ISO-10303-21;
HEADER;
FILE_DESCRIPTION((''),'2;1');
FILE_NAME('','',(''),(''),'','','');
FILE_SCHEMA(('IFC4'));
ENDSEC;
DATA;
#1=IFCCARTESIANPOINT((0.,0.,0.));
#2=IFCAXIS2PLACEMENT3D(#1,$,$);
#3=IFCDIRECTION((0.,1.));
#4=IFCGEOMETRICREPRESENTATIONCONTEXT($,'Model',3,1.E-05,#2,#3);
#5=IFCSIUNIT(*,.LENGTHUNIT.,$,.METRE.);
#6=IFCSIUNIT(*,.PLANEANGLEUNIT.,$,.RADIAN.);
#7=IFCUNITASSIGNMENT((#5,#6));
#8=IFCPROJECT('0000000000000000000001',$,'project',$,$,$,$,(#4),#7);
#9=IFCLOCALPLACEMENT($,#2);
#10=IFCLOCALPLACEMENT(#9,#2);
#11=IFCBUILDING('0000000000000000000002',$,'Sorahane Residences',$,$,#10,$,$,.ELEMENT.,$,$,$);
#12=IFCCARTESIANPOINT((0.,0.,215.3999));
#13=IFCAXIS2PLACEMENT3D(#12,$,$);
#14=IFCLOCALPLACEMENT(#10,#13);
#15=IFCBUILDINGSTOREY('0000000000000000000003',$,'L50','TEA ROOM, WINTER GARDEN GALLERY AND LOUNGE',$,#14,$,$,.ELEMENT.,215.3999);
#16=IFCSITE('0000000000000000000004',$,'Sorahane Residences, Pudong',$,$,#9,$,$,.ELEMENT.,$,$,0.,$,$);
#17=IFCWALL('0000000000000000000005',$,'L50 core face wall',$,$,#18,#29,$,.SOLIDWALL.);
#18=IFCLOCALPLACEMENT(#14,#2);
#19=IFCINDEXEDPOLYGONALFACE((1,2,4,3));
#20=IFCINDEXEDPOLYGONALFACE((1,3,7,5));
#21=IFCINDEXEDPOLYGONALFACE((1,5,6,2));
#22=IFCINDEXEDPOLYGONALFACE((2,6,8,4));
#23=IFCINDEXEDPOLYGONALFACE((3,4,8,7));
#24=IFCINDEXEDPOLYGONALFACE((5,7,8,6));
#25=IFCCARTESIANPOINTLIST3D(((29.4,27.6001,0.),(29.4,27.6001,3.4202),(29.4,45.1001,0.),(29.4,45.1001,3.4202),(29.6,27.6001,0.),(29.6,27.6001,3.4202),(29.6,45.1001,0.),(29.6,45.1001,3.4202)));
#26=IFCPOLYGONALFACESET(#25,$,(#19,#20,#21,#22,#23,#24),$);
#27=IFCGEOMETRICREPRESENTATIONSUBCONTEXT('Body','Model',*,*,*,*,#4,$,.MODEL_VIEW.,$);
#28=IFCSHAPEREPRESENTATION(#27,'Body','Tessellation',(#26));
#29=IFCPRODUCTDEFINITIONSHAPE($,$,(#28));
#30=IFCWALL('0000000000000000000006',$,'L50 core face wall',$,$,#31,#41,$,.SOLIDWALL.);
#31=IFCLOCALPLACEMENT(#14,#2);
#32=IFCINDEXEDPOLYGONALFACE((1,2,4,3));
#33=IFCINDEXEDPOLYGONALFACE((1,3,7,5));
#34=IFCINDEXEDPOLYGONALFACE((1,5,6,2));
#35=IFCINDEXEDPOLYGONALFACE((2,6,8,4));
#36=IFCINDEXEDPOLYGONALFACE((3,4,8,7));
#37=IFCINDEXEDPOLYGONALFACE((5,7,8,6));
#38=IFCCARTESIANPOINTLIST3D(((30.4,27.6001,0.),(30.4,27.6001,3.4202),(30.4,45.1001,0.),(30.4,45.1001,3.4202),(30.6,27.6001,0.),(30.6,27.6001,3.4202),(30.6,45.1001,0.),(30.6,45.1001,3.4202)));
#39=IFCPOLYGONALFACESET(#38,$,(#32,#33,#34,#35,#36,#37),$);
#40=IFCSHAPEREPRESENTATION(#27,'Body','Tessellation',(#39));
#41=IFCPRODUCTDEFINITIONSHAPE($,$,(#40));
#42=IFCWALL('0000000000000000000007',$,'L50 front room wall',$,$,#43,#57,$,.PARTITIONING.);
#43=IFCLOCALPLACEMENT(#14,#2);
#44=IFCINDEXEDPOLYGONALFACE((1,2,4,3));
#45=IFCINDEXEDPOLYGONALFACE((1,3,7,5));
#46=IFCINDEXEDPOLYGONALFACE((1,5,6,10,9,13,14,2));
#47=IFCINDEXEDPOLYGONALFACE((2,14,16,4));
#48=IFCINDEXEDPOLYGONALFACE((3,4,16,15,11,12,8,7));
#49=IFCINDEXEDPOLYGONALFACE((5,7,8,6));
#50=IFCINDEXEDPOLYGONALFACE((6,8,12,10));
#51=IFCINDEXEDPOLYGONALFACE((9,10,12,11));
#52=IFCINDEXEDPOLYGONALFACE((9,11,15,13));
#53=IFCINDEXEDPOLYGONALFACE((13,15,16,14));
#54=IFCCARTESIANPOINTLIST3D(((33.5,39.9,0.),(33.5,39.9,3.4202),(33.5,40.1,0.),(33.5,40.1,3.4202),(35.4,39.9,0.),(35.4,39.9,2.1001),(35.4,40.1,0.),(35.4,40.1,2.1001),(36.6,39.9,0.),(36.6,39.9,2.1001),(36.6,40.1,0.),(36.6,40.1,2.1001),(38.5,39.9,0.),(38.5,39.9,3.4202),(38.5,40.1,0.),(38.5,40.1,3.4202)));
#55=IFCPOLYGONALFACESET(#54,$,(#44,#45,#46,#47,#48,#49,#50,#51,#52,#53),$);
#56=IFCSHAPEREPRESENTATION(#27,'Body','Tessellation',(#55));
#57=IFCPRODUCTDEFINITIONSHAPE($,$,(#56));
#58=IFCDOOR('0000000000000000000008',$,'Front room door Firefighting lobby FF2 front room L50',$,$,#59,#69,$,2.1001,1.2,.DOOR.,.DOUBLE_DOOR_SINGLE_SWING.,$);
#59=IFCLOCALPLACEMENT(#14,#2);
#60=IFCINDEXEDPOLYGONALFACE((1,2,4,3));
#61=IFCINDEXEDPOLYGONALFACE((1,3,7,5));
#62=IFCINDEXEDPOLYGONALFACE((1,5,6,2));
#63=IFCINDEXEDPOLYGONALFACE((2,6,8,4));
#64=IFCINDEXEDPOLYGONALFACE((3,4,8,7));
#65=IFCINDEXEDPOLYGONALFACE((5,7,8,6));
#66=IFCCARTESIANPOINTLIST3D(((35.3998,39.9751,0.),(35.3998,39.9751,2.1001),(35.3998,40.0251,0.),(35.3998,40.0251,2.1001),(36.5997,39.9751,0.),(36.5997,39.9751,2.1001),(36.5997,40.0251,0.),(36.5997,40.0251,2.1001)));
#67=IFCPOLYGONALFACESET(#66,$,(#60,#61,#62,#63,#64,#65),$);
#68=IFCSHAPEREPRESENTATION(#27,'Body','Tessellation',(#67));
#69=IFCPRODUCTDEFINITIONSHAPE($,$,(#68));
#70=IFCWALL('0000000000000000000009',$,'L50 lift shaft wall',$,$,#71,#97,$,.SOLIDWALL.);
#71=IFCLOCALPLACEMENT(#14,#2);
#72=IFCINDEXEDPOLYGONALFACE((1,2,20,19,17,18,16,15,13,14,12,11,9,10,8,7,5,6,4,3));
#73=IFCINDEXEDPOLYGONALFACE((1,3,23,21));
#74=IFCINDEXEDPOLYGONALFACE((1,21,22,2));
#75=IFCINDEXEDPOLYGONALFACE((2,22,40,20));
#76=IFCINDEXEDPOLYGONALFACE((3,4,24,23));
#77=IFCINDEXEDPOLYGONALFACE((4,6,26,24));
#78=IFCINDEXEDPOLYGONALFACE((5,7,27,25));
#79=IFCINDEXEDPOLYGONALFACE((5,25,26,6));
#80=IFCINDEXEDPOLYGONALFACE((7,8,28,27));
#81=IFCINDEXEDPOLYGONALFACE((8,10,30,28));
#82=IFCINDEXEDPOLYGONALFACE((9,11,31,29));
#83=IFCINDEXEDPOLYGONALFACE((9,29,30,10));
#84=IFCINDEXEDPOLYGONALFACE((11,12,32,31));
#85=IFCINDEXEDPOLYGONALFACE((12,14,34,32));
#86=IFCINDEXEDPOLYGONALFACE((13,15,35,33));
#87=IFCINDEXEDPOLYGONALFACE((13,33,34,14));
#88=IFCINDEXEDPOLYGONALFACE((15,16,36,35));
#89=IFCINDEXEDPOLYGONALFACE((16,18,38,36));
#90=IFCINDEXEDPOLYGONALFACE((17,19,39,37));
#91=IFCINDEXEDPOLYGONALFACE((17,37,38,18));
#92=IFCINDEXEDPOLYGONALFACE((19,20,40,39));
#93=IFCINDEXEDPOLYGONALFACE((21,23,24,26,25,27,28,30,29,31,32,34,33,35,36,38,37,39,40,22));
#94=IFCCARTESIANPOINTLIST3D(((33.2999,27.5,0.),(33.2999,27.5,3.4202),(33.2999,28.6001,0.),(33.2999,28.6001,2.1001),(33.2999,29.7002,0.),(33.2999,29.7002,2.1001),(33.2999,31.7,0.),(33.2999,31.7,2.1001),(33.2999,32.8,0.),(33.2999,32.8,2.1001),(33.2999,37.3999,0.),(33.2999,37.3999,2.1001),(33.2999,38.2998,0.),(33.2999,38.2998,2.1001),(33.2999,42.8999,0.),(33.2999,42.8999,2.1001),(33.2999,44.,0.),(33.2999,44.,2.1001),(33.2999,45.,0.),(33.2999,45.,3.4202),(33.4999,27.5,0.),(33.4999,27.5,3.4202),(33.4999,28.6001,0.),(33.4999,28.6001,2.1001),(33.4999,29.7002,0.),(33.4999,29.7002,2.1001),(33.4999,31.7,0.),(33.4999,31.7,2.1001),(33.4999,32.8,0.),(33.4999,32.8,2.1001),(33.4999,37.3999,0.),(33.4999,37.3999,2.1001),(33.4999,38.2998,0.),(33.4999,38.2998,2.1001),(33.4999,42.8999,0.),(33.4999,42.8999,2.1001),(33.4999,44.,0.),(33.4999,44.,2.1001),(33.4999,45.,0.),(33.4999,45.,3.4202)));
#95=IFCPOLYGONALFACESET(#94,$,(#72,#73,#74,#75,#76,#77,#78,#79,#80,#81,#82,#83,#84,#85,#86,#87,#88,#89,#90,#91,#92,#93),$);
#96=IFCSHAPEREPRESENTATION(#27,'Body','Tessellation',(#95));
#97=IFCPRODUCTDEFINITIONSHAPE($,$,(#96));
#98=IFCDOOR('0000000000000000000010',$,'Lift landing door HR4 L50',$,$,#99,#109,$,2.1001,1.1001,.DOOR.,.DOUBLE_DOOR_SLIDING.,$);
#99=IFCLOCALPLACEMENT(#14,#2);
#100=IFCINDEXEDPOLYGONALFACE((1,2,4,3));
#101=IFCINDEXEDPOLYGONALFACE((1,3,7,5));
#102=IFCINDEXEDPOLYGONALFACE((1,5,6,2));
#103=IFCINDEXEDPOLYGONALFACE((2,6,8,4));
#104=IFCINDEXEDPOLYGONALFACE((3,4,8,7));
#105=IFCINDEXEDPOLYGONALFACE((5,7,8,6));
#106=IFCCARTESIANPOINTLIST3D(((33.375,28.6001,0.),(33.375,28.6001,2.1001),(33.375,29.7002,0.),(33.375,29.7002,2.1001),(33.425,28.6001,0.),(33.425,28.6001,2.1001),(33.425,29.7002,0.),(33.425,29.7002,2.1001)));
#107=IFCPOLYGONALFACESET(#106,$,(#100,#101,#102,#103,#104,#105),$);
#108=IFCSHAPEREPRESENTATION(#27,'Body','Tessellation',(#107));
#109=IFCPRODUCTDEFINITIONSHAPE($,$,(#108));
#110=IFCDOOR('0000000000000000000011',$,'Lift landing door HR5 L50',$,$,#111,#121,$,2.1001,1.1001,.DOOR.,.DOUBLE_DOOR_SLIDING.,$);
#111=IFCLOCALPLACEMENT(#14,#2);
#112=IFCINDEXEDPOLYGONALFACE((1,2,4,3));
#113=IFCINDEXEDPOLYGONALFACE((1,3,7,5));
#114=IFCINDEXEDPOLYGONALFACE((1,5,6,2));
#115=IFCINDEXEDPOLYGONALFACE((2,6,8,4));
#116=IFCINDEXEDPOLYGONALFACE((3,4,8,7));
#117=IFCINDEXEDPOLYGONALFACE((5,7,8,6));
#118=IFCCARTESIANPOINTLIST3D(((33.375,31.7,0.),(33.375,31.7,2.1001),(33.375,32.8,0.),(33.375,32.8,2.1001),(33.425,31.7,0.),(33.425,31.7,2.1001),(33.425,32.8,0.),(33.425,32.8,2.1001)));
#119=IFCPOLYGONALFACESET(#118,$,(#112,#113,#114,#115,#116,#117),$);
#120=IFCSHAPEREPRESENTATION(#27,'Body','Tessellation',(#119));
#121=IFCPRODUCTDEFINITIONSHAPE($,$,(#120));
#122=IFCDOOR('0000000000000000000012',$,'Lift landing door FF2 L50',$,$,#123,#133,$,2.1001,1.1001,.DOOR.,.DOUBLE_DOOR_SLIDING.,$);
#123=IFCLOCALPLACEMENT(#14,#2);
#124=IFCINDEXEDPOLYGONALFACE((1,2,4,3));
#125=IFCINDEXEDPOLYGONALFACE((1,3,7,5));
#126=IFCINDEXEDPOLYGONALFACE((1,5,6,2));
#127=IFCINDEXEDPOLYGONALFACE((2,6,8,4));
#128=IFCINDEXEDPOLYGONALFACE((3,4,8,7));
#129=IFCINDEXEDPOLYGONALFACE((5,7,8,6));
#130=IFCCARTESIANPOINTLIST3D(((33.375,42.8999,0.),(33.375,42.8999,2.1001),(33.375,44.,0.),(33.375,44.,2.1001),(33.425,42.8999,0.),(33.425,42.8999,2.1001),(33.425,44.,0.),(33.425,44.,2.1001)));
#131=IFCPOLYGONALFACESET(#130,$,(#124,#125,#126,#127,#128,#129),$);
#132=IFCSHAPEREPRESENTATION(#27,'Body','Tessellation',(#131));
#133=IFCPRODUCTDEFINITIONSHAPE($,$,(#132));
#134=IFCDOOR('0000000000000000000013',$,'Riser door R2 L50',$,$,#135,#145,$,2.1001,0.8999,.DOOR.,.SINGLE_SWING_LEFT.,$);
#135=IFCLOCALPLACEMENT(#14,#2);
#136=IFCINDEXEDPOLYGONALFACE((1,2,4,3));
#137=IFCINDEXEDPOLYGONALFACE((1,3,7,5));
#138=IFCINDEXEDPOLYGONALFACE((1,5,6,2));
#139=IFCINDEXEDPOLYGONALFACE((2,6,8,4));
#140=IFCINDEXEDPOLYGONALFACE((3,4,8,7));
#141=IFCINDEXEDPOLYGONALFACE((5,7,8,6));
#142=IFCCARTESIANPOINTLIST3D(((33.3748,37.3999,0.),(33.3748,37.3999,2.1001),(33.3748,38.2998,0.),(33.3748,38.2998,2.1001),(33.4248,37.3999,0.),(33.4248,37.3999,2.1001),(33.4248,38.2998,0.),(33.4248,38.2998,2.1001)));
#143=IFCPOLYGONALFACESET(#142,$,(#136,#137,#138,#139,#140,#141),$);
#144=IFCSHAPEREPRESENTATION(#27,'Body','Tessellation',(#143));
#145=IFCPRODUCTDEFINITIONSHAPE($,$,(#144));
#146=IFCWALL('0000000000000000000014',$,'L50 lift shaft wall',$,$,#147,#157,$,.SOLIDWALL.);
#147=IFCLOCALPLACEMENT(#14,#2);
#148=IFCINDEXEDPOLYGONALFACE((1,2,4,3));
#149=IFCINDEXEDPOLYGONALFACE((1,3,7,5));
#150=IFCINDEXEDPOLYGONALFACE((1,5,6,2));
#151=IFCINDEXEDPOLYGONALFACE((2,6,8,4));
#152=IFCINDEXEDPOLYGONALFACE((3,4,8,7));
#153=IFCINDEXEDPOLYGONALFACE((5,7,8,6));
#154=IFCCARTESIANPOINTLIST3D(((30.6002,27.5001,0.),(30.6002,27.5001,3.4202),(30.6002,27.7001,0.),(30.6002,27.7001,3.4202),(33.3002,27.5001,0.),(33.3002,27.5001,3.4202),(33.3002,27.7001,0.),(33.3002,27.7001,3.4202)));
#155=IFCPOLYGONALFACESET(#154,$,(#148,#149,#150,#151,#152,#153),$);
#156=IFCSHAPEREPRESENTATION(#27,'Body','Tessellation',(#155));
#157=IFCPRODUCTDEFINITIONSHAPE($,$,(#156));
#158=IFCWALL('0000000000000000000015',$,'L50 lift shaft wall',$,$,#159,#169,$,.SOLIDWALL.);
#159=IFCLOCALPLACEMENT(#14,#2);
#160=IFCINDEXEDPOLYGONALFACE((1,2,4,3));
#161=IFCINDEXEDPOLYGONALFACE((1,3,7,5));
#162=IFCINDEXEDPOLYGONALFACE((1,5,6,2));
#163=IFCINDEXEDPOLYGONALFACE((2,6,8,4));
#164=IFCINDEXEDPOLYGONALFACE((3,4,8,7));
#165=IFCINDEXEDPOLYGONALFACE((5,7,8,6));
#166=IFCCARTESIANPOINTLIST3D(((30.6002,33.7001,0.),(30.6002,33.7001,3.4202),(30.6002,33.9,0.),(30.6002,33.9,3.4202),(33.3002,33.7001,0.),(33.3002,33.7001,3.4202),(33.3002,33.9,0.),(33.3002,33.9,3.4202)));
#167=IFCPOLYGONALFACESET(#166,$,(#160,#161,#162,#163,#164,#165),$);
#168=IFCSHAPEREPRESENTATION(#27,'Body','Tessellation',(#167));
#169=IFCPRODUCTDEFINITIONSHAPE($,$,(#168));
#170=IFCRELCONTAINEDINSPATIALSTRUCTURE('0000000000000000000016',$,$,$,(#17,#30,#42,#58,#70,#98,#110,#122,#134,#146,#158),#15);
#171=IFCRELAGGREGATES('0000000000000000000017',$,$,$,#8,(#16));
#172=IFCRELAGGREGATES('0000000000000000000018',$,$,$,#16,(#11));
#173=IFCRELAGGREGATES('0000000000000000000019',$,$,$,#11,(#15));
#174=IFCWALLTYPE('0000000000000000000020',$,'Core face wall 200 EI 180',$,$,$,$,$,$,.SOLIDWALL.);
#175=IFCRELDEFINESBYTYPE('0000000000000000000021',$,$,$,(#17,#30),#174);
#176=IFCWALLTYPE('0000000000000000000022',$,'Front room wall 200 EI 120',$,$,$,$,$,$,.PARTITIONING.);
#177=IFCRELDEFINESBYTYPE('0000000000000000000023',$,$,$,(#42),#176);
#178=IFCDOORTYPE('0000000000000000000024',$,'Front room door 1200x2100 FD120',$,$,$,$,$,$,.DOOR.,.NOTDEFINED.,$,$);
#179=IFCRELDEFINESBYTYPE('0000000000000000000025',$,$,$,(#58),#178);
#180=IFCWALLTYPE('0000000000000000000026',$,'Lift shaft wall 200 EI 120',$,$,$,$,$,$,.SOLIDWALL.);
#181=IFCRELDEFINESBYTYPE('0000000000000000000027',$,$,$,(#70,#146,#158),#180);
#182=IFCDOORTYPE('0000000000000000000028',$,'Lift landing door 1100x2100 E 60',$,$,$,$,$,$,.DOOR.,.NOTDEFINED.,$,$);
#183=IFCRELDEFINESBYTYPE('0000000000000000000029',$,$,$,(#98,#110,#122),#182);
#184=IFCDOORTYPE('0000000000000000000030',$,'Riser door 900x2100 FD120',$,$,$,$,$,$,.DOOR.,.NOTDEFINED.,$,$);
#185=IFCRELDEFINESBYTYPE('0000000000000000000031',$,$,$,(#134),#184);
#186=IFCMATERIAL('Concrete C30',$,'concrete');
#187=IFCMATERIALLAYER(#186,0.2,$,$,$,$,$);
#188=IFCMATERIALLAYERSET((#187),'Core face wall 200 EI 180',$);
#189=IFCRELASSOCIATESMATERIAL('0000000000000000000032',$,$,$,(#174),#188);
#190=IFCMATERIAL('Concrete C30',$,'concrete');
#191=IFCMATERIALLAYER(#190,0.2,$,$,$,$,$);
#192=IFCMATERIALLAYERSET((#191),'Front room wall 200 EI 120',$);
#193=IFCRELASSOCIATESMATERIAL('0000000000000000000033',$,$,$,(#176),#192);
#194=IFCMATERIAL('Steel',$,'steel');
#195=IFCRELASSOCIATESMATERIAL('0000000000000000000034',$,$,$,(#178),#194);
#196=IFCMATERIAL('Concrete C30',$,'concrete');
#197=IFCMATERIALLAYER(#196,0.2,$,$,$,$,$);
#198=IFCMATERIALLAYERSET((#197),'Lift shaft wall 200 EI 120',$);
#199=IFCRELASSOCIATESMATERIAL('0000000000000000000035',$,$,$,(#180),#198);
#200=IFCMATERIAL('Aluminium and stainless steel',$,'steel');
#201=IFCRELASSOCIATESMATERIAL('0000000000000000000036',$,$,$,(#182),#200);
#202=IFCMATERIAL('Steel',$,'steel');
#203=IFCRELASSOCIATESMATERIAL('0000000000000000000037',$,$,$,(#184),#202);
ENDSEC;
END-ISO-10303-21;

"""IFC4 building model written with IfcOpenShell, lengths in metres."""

from ifc_helpers import new_model, si_unit, direction, frame, frame_2d, origin, place, context, subcontext, project, spatial, rectangle, extrude, material, layer, layer_set, type_object, element, fill, save


model = new_model("IFC4")

# Units and contexts
model_context = context("Model", 3, precision=1e-05, world=origin(), true_north=direction((0.0, 1.0)))
body_context = subcontext(model_context, "Body", "Model", "MODEL_VIEW")
ifc_project = project(units=[si_unit("LENGTHUNIT", "METRE"), si_unit("PLANEANGLEUNIT", "RADIAN")], contexts=[model_context])

# Site, building, storey
site_placement = place(None, origin())
site = spatial("IfcSite", under=ifc_project, at=site_placement, Name="Sorahane Residences, Pudong", CompositionType="ELEMENT", RefElevation=0.0)
building_placement = place(site_placement, origin())
building = spatial("IfcBuilding", under=site, at=building_placement, Name="Sorahane Residences", CompositionType="ELEMENT")
storey_placement = place(building_placement, frame((0.0, 0.0, 215.3999)))
storey = spatial("IfcBuildingStorey", under=building, at=storey_placement, Name="L50", Description="TEA ROOM, WINTER GARDEN GALLERY AND LOUNGE", CompositionType="ELEMENT", Elevation=215.3999)

# Walls
ifc_material_1 = material(Name="Concrete C30", Category="concrete")
ifc_layer_1 = layer(ifc_material_1, 0.2)
ifc_layer_set_1 = layer_set([ifc_layer_1], Name="Core face wall 200 EI 180")
wall_type_1 = type_object("IfcWallType", Name="Core face wall 200 EI 180", PredefinedType="SOLIDWALL", material=ifc_layer_set_1)
for number, where, z_axis, x_axis, name in (
    (1, (29.5, 27.6001, 0.0), (0.0, 0.0, 1.0), (0.0, 1.0, 0.0), "L50 core face wall"),
    (2, (30.5, 27.6001, 0.0), (0.0, 0.0, 1.0), (0.0, 1.0, 0.0), "L50 core face wall"),
):
    element("IfcWall", number, at=place(storey_placement, frame(where, z_axis=z_axis, x_axis=x_axis)), inside=storey, type_object=wall_type_1, Name=name, PredefinedType="SOLIDWALL", context=body_context, shape_type="SweptSolid", body=[
        extrude(rectangle(XDim=17.5, YDim=0.2, at=frame_2d((8.75, 0.0))), origin(), (0.0, 0.0, 1.0), 3.4202),
    ])

# Wall, opening, door
ifc_material_2 = material(Name="Concrete C30", Category="concrete")
ifc_layer_2 = layer(ifc_material_2, 0.2)
ifc_layer_set_2 = layer_set([ifc_layer_2], Name="Front room wall 200 EI 120")
wall_type_2 = type_object("IfcWallType", Name="Front room wall 200 EI 120", PredefinedType="PARTITIONING", material=ifc_layer_set_2)
wall_1_placement = place(storey_placement, frame((33.5, 40.0, 0.0), z_axis=(0.0, 0.0, 1.0), x_axis=(1.0, 0.0, 0.0)))
wall_1 = element("IfcWall", 3, at=wall_1_placement, inside=storey, type_object=wall_type_2, Name="L50 front room wall", PredefinedType="PARTITIONING", context=body_context, shape_type="SweptSolid", body=[
    extrude(rectangle(XDim=5.0, YDim=0.2, at=frame_2d((2.5, 0.0))), origin(), (0.0, 0.0, 1.0), 3.4202),
])
opening_1_placement = place(wall_1_placement, frame((1.8999, 0.0, 0.0)))
opening_1 = element("IfcOpeningElement", 4, at=opening_1_placement, cuts=wall_1, PredefinedType="OPENING", context=body_context, shape_type="SweptSolid", body=[
    extrude(rectangle(XDim=1.2, YDim=2.1001, at=frame_2d((0.6001, 1.05))), frame((0.0, 0.1099, 0.0), z_axis=(0.0, -1.0, 0.0), x_axis=(1.0, 0.0, 0.0)), (0.0, 0.0, 1.0), 0.22),
])
ifc_material_3 = material(Name="Steel", Category="steel")
door_type_1 = type_object("IfcDoorType", Name="Front room door 1200x2100 FD120", OperationType="NOTDEFINED", PredefinedType="DOOR", material=ifc_material_3)
door_1_placement = place(opening_1_placement, frame((1.2, 0.0, 0.0), z_axis=(0.0, 0.0, 1.0), x_axis=(-1.0, 0.0, 0.0)))
door_1 = element("IfcDoor", 5, at=door_1_placement, inside=storey, type_object=door_type_1, Name="Front room door Firefighting lobby FF2 front room L50", OperationType="DOUBLE_DOOR_SINGLE_SWING", OverallHeight=2.1001, OverallWidth=1.2, PredefinedType="DOOR", context=body_context, shape_type="SweptSolid", body=[
    extrude(rectangle(XDim=1.2, YDim=2.1001, at=frame_2d((0.6001, 1.05))), frame((0.0, 0.0249, 0.0), z_axis=(0.0, -1.0, 0.0), x_axis=(1.0, 0.0, 0.0)), (0.0, 0.0, 1.0), 0.05),
])
fill(opening_1, door_1)

# Wall, openings, doors
ifc_material_4 = material(Name="Concrete C30", Category="concrete")
ifc_layer_3 = layer(ifc_material_4, 0.2)
ifc_layer_set_3 = layer_set([ifc_layer_3], Name="Lift shaft wall 200 EI 120")
wall_type_3 = type_object("IfcWallType", Name="Lift shaft wall 200 EI 120", PredefinedType="SOLIDWALL", material=ifc_layer_set_3)
wall_2_placement = place(storey_placement, frame((33.3999, 27.5, 0.0), z_axis=(0.0, 0.0, 1.0), x_axis=(0.0, 1.0, 0.0)))
wall_2 = element("IfcWall", 6, at=wall_2_placement, inside=storey, type_object=wall_type_3, Name="L50 lift shaft wall", PredefinedType="SOLIDWALL", context=body_context, shape_type="SweptSolid", body=[
    extrude(rectangle(XDim=17.5, YDim=0.2, at=frame_2d((8.75, 0.0))), origin(), (0.0, 0.0, 1.0), 3.4202),
])
opening_2_placement = place(wall_2_placement, frame((1.1001, 0.0, 0.0)))
opening_2 = element("IfcOpeningElement", 7, at=opening_2_placement, cuts=wall_2, PredefinedType="OPENING", context=body_context, shape_type="SweptSolid", body=[
    extrude(rectangle(XDim=1.1001, YDim=2.1001, at=frame_2d((0.55, 1.05))), frame((0.0, 0.1099, 0.0), z_axis=(0.0, -1.0, 0.0), x_axis=(1.0, 0.0, 0.0)), (0.0, 0.0, 1.0), 0.22),
])
opening_3_placement = place(wall_2_placement, frame((4.2, 0.0, 0.0)))
opening_3 = element("IfcOpeningElement", 8, at=opening_3_placement, cuts=wall_2, PredefinedType="OPENING", context=body_context, shape_type="SweptSolid", body=[
    extrude(rectangle(XDim=1.1001, YDim=2.1001, at=frame_2d((0.55, 1.05))), frame((0.0, 0.1099, 0.0), z_axis=(0.0, -1.0, 0.0), x_axis=(1.0, 0.0, 0.0)), (0.0, 0.0, 1.0), 0.22),
])
opening_4_placement = place(wall_2_placement, frame((15.3999, 0.0, 0.0)))
opening_4 = element("IfcOpeningElement", 9, at=opening_4_placement, cuts=wall_2, PredefinedType="OPENING", context=body_context, shape_type="SweptSolid", body=[
    extrude(rectangle(XDim=1.1001, YDim=2.1001, at=frame_2d((0.55, 1.05))), frame((0.0, 0.1099, 0.0), z_axis=(0.0, -1.0, 0.0), x_axis=(1.0, 0.0, 0.0)), (0.0, 0.0, 1.0), 0.22),
])
opening_5_placement = place(wall_2_placement, frame((9.8999, 0.0, 0.0)))
opening_5 = element("IfcOpeningElement", 10, at=opening_5_placement, cuts=wall_2, PredefinedType="OPENING", context=body_context, shape_type="SweptSolid", body=[
    extrude(rectangle(XDim=0.8999, YDim=2.1001, at=frame_2d((0.45, 1.05))), frame((0.0, 0.1099, 0.0), z_axis=(0.0, -1.0, 0.0), x_axis=(1.0, 0.0, 0.0)), (0.0, 0.0, 1.0), 0.22),
])
ifc_material_5 = material(Name="Aluminium and stainless steel", Category="steel")
door_type_2 = type_object("IfcDoorType", Name="Lift landing door 1100x2100 E 60", OperationType="NOTDEFINED", PredefinedType="DOOR", material=ifc_material_5)
door_2_placement = place(opening_2_placement, origin())
door_2 = element("IfcDoor", 11, at=door_2_placement, inside=storey, type_object=door_type_2, Name="Lift landing door HR4 L50", OperationType="DOUBLE_DOOR_SLIDING", OverallHeight=2.1001, OverallWidth=1.1001, PredefinedType="DOOR", context=body_context, shape_type="SweptSolid", body=[
    extrude(rectangle(XDim=1.1001, YDim=2.1001, at=frame_2d((0.55, 1.05))), frame((0.0, 0.0249, 0.0), z_axis=(0.0, -1.0, 0.0), x_axis=(1.0, 0.0, 0.0)), (0.0, 0.0, 1.0), 0.05),
])
fill(opening_2, door_2)
door_3_placement = place(opening_3_placement, origin())
door_3 = element("IfcDoor", 12, at=door_3_placement, inside=storey, type_object=door_type_2, Name="Lift landing door HR5 L50", OperationType="DOUBLE_DOOR_SLIDING", OverallHeight=2.1001, OverallWidth=1.1001, PredefinedType="DOOR", context=body_context, shape_type="SweptSolid", body=[
    extrude(rectangle(XDim=1.1001, YDim=2.1001, at=frame_2d((0.55, 1.05))), frame((0.0, 0.0249, 0.0), z_axis=(0.0, -1.0, 0.0), x_axis=(1.0, 0.0, 0.0)), (0.0, 0.0, 1.0), 0.05),
])
fill(opening_3, door_3)
door_4_placement = place(opening_4_placement, origin())
door_4 = element("IfcDoor", 13, at=door_4_placement, inside=storey, type_object=door_type_2, Name="Lift landing door FF2 L50", OperationType="DOUBLE_DOOR_SLIDING", OverallHeight=2.1001, OverallWidth=1.1001, PredefinedType="DOOR", context=body_context, shape_type="SweptSolid", body=[
    extrude(rectangle(XDim=1.1001, YDim=2.1001, at=frame_2d((0.55, 1.05))), frame((0.0, 0.0249, 0.0), z_axis=(0.0, -1.0, 0.0), x_axis=(1.0, 0.0, 0.0)), (0.0, 0.0, 1.0), 0.05),
])
fill(opening_4, door_4)
ifc_material_6 = material(Name="Steel", Category="steel")
door_type_3 = type_object("IfcDoorType", Name="Riser door 900x2100 FD120", OperationType="NOTDEFINED", PredefinedType="DOOR", material=ifc_material_6)
door_5_placement = place(opening_5_placement, frame((0.8999, 0.0, 0.0), z_axis=(0.0, 0.0, 1.0), x_axis=(-1.0, 0.0, 0.0)))
door_5 = element("IfcDoor", 14, at=door_5_placement, inside=storey, type_object=door_type_3, Name="Riser door R2 L50", OperationType="SINGLE_SWING_LEFT", OverallHeight=2.1001, OverallWidth=0.8999, PredefinedType="DOOR", context=body_context, shape_type="SweptSolid", body=[
    extrude(rectangle(XDim=0.8999, YDim=2.1001, at=frame_2d((0.45, 1.05))), frame((0.0, 0.0249, 0.0), z_axis=(0.0, -1.0, 0.0), x_axis=(1.0, 0.0, 0.0)), (0.0, 0.0, 1.0), 0.05),
])
fill(opening_5, door_5)

# Walls
for number, where, z_axis, x_axis, name in (
    (15, (30.6001, 27.6001, 0.0), (0.0, 0.0, 1.0), (1.0, 0.0, 0.0), "L50 lift shaft wall"),
    (16, (30.6001, 33.8, 0.0), (0.0, 0.0, 1.0), (1.0, 0.0, 0.0), "L50 lift shaft wall"),
):
    element("IfcWall", number, at=place(storey_placement, frame(where, z_axis=z_axis, x_axis=x_axis)), inside=storey, type_object=wall_type_3, Name=name, PredefinedType="SOLIDWALL", context=body_context, shape_type="SweptSolid", body=[
        extrude(rectangle(XDim=2.7, YDim=0.2, at=frame_2d((1.3501, 0.0))), origin(), (0.0, 0.0, 1.0), 3.4202),
    ])

save(model, "model.ifc")
